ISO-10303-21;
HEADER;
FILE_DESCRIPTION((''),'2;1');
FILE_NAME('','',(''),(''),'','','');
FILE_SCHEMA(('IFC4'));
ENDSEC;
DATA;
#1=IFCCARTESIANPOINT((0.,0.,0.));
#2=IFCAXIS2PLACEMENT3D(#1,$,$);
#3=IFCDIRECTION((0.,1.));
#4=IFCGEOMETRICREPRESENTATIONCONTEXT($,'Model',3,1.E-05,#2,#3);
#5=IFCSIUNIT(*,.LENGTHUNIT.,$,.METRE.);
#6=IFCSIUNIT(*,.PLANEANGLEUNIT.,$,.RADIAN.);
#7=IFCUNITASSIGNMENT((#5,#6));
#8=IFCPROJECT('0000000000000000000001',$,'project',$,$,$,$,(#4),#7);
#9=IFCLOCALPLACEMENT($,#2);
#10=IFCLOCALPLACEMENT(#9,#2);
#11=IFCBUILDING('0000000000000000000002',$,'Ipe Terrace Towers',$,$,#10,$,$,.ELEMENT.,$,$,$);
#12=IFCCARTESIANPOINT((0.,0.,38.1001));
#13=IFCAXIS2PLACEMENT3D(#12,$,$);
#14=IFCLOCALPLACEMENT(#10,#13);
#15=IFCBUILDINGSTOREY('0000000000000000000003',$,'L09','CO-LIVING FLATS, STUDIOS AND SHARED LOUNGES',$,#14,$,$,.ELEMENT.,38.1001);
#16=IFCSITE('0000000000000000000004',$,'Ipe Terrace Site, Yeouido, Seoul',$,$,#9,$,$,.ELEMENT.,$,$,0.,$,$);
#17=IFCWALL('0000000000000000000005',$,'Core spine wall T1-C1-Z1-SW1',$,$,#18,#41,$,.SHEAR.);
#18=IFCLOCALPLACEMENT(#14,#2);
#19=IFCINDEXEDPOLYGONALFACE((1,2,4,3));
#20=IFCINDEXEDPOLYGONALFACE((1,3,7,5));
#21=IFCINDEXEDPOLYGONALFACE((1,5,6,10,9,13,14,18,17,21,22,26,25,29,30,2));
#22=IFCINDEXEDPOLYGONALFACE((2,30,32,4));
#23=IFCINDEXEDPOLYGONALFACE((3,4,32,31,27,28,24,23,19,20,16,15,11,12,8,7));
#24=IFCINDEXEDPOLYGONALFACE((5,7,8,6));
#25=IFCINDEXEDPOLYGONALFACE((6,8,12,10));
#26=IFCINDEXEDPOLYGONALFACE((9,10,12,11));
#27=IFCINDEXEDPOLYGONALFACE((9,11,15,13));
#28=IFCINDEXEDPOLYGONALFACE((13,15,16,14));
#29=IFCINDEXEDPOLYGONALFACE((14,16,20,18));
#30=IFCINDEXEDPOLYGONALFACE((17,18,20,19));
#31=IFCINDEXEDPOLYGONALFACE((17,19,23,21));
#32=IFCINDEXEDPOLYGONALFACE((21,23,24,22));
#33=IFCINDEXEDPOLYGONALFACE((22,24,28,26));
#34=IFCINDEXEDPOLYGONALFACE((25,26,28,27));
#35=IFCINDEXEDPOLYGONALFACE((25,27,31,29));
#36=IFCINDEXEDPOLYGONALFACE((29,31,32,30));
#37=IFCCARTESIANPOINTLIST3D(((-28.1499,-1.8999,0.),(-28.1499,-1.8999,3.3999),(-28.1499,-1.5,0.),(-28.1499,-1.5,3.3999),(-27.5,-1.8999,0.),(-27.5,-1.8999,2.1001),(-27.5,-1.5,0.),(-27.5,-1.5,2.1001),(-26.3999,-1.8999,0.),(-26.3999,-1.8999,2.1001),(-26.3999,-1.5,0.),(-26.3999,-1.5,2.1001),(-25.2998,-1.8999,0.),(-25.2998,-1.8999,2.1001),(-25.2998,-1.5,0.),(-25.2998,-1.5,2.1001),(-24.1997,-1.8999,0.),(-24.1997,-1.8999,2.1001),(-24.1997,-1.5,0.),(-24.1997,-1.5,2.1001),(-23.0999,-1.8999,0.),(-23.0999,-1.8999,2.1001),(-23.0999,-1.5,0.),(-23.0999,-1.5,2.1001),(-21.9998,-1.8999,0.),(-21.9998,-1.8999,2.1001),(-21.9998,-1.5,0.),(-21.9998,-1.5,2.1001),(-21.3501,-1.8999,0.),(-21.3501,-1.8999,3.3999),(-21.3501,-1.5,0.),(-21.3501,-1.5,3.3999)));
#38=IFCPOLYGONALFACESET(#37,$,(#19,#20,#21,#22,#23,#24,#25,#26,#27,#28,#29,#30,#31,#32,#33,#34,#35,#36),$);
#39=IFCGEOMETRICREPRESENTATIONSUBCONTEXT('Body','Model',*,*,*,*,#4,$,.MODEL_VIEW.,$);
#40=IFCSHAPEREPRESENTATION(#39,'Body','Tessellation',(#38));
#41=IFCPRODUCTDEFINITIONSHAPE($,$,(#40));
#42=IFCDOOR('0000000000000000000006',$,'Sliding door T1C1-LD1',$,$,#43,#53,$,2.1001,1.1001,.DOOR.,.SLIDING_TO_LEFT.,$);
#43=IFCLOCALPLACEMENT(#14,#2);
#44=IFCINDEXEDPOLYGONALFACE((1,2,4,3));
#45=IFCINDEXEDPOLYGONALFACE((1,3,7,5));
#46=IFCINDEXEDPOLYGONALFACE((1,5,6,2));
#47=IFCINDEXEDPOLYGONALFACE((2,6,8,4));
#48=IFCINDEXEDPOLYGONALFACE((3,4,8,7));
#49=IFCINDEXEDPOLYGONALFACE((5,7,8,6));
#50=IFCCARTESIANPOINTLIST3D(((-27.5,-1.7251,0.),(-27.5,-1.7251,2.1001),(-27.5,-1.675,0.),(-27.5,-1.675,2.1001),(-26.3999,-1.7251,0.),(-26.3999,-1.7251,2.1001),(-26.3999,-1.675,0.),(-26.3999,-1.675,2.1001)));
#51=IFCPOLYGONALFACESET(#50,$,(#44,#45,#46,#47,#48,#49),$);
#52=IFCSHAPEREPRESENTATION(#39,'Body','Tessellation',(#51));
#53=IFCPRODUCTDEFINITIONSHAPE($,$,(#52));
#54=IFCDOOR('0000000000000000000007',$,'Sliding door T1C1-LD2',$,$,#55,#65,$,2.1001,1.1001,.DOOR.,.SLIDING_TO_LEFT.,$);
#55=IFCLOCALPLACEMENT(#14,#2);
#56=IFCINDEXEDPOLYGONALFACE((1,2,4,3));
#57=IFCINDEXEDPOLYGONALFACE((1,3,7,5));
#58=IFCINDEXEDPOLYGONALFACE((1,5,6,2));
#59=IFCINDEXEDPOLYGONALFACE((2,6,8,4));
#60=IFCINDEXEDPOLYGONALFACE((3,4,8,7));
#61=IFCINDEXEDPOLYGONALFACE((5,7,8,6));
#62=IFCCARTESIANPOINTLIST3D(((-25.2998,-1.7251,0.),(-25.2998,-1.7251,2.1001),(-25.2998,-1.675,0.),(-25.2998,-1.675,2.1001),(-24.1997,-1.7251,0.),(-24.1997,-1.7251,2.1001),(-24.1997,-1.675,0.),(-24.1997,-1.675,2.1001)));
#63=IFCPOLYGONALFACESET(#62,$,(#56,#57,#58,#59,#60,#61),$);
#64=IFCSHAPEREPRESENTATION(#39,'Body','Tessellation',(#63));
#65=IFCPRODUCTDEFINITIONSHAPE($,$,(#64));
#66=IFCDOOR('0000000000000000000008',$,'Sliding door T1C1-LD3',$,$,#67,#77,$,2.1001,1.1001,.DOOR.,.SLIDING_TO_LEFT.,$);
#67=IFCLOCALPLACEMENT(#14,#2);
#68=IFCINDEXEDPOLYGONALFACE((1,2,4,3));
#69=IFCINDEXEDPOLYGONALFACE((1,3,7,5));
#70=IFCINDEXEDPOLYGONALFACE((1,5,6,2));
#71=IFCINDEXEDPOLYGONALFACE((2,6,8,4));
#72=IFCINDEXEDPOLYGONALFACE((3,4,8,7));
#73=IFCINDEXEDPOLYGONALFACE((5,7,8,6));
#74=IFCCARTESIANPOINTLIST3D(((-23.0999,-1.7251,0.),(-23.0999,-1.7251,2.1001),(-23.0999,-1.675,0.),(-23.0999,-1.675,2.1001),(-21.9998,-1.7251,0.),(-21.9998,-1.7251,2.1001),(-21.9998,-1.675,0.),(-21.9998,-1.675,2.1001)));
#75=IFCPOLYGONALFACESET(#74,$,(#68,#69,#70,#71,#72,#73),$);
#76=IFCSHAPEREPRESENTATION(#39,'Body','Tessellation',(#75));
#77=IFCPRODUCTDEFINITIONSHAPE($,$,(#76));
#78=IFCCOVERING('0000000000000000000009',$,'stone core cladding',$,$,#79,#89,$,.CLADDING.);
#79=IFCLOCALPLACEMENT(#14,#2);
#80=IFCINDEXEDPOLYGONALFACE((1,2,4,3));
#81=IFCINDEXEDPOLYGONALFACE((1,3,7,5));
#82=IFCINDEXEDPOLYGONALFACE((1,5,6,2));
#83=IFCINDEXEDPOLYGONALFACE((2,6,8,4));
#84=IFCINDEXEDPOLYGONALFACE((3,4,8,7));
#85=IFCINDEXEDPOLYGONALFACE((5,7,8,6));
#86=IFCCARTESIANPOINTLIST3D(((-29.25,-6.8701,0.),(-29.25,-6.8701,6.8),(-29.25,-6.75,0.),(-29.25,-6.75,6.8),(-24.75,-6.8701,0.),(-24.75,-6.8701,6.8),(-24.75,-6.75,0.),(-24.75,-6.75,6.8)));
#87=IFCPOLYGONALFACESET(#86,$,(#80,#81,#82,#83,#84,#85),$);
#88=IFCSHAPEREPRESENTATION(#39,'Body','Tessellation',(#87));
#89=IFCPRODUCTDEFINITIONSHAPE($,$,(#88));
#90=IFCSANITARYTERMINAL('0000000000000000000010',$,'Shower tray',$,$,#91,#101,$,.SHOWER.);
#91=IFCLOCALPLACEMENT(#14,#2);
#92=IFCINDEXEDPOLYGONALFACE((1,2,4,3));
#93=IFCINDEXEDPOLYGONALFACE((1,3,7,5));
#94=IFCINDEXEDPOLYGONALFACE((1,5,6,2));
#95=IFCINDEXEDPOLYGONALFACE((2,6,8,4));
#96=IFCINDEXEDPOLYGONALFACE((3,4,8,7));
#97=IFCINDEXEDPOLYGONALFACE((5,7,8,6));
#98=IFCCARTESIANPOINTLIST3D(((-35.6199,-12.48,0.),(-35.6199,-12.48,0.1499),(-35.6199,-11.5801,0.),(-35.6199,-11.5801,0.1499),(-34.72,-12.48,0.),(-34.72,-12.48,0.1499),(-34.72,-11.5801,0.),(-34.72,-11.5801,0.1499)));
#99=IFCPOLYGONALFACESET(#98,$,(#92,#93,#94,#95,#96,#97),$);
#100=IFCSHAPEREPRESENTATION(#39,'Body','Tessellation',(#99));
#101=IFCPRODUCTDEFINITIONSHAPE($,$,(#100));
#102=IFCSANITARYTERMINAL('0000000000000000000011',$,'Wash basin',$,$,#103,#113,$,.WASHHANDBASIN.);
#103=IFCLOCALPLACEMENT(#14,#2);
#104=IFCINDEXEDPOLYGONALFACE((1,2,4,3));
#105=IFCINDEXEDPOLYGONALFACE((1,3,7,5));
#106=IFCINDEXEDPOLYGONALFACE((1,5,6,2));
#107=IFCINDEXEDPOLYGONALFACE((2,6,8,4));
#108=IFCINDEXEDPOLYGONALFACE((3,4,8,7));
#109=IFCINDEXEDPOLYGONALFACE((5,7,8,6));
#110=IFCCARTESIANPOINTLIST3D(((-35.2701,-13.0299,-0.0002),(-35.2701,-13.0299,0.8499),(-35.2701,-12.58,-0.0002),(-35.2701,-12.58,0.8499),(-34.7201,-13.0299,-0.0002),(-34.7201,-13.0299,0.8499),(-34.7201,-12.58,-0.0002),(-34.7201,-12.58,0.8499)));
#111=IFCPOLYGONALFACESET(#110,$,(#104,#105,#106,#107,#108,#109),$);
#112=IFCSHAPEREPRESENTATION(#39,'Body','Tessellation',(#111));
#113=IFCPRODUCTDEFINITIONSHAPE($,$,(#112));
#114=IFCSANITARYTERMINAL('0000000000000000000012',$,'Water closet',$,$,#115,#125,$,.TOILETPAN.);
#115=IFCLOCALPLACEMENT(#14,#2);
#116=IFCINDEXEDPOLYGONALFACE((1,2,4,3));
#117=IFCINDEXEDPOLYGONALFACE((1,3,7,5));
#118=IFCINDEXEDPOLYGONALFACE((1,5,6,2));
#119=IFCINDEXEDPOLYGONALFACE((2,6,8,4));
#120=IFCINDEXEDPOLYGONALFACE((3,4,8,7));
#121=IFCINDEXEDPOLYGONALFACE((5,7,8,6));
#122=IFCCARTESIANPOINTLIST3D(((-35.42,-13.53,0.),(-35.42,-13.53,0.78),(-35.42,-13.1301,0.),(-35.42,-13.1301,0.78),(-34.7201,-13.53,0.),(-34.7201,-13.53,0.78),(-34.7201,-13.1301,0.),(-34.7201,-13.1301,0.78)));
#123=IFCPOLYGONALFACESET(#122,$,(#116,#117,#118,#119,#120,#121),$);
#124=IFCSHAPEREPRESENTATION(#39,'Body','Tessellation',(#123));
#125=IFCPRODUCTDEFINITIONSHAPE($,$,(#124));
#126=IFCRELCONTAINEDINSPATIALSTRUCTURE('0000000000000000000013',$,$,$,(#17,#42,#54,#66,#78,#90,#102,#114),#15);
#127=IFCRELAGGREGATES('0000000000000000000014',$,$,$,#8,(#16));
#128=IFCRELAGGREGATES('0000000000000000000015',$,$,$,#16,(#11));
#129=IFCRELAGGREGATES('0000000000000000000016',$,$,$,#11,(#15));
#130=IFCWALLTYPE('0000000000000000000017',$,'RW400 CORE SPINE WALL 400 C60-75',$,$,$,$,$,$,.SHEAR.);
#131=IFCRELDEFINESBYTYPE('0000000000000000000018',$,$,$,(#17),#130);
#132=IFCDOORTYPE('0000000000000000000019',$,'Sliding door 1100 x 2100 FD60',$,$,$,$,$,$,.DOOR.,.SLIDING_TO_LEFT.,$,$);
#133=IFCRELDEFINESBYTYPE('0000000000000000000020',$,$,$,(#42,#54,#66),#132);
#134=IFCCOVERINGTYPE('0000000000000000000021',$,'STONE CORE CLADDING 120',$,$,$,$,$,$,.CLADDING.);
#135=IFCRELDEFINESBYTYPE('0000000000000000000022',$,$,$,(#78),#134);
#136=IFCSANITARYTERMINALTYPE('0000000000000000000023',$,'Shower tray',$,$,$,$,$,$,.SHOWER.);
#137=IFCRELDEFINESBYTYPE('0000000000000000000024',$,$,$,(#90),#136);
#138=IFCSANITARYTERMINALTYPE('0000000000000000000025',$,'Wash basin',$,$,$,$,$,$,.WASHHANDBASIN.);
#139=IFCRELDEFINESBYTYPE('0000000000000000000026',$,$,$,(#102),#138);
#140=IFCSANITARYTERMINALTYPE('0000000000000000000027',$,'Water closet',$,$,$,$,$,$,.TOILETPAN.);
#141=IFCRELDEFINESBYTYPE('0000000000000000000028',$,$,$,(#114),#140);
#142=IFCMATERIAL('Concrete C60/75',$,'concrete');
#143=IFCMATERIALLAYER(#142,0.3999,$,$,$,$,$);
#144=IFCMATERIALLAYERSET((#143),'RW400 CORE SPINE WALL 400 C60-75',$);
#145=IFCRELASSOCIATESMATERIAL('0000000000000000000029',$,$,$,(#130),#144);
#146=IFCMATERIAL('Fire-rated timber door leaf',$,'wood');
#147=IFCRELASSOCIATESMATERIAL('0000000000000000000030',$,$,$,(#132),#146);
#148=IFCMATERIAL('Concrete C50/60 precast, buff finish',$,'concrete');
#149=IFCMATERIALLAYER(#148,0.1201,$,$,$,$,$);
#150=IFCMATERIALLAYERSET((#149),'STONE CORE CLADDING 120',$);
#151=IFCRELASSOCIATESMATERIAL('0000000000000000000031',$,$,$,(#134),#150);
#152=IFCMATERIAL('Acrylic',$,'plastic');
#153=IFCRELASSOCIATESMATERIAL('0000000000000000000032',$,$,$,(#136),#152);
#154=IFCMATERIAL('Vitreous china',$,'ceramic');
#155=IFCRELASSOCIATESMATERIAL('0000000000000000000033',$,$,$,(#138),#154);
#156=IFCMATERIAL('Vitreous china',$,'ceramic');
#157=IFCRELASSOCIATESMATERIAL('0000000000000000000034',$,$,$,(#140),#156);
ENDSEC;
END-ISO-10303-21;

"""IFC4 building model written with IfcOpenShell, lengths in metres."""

from ifc_helpers import new_model, si_unit, direction, frame, frame_2d, origin, origin_2d, place, context, subcontext, project, spatial, rectangle, extrude, material, layer, layer_set, type_object, element, fill, save


model = new_model("IFC4")

# Units and contexts
model_context = context("Model", 3, precision=1e-05, world=origin(), true_north=direction((0.0, 1.0)))
body_context = subcontext(model_context, "Body", "Model", "MODEL_VIEW")
ifc_project = project(units=[si_unit("LENGTHUNIT", "METRE"), si_unit("PLANEANGLEUNIT", "RADIAN")], contexts=[model_context])

# Site, building, storey
site_placement = place(None, origin())
site = spatial("IfcSite", under=ifc_project, at=site_placement, Name="Ipe Terrace Site, Yeouido, Seoul", CompositionType="ELEMENT", RefElevation=0.0)
building_placement = place(site_placement, origin())
building = spatial("IfcBuilding", under=site, at=building_placement, Name="Ipe Terrace Towers", CompositionType="ELEMENT")
storey_placement = place(building_placement, frame((0.0, 0.0, 38.1001)))
storey = spatial("IfcBuildingStorey", under=building, at=storey_placement, Name="L09", Description="CO-LIVING FLATS, STUDIOS AND SHARED LOUNGES", CompositionType="ELEMENT", Elevation=38.1001)

# Wall, openings, doors
ifc_material_1 = material(Name="Concrete C60/75", Category="concrete")
ifc_layer_1 = layer(ifc_material_1, 0.3999)
ifc_layer_set_1 = layer_set([ifc_layer_1], Name="RW400 CORE SPINE WALL 400 C60-75")
wall_type_1 = type_object("IfcWallType", Name="RW400 CORE SPINE WALL 400 C60-75", PredefinedType="SHEAR", material=ifc_layer_set_1)
wall_1_placement = place(storey_placement, frame((-28.1499, -1.7, 0.0), z_axis=(0.0, 0.0, 1.0), x_axis=(1.0, 0.0, 0.0)))
wall_1 = element("IfcWall", 1, at=wall_1_placement, inside=storey, type_object=wall_type_1, Name="Core spine wall T1-C1-Z1-SW1", PredefinedType="SHEAR", context=body_context, shape_type="SweptSolid", body=[
    extrude(rectangle(XDim=6.7998, YDim=0.3999, at=frame_2d((3.3999, 0.0))), origin(), (0.0, 0.0, 1.0), 3.3999),
])
opening_1_placement = place(wall_1_placement, frame((0.6499, 0.0, 0.0)))
opening_1 = element("IfcOpeningElement", 2, at=opening_1_placement, cuts=wall_1, PredefinedType="OPENING", context=body_context, shape_type="SweptSolid", body=[
    extrude(rectangle(XDim=1.1001, YDim=2.1001, at=frame_2d((0.55, 1.05))), frame((0.0, 0.21, 0.0), z_axis=(0.0, -1.0, 0.0), x_axis=(1.0, 0.0, 0.0)), (0.0, 0.0, 1.0), 0.4199),
])
opening_2_placement = place(wall_1_placement, frame((2.8501, 0.0, 0.0)))
opening_2 = element("IfcOpeningElement", 3, at=opening_2_placement, cuts=wall_1, PredefinedType="OPENING", context=body_context, shape_type="SweptSolid", body=[
    extrude(rectangle(XDim=1.1001, YDim=2.1001, at=frame_2d((0.55, 1.05))), frame((0.0, 0.21, 0.0), z_axis=(0.0, -1.0, 0.0), x_axis=(1.0, 0.0, 0.0)), (0.0, 0.0, 1.0), 0.4199),
])
opening_3_placement = place(wall_1_placement, frame((5.05, 0.0, 0.0)))
opening_3 = element("IfcOpeningElement", 4, at=opening_3_placement, cuts=wall_1, PredefinedType="OPENING", context=body_context, shape_type="SweptSolid", body=[
    extrude(rectangle(XDim=1.1001, YDim=2.1001, at=frame_2d((0.55, 1.05))), frame((0.0, 0.21, 0.0), z_axis=(0.0, -1.0, 0.0), x_axis=(1.0, 0.0, 0.0)), (0.0, 0.0, 1.0), 0.4199),
])
ifc_material_2 = material(Name="Fire-rated timber door leaf", Category="wood")
door_type_1 = type_object("IfcDoorType", Name="Sliding door 1100 x 2100 FD60", OperationType="SLIDING_TO_LEFT", PredefinedType="DOOR", material=ifc_material_2)
door_1_placement = place(opening_1_placement, origin())
door_1 = element("IfcDoor", 5, at=door_1_placement, inside=storey, type_object=door_type_1, Name="Sliding door T1C1-LD1", OperationType="SLIDING_TO_LEFT", OverallHeight=2.1001, OverallWidth=1.1001, PredefinedType="DOOR", context=body_context, shape_type="SweptSolid", body=[
    extrude(rectangle(XDim=1.1001, YDim=2.1001, at=frame_2d((0.55, 1.05))), frame((0.0, 0.0249, 0.0), z_axis=(0.0, -1.0, 0.0), x_axis=(1.0, 0.0, 0.0)), (0.0, 0.0, 1.0), 0.05),
])
fill(opening_1, door_1)
door_2_placement = place(opening_2_placement, origin())
door_2 = element("IfcDoor", 6, at=door_2_placement, inside=storey, type_object=door_type_1, Name="Sliding door T1C1-LD2", OperationType="SLIDING_TO_LEFT", OverallHeight=2.1001, OverallWidth=1.1001, PredefinedType="DOOR", context=body_context, shape_type="SweptSolid", body=[
    extrude(rectangle(XDim=1.1001, YDim=2.1001, at=frame_2d((0.55, 1.05))), frame((0.0, 0.0249, 0.0), z_axis=(0.0, -1.0, 0.0), x_axis=(1.0, 0.0, 0.0)), (0.0, 0.0, 1.0), 0.05),
])
fill(opening_2, door_2)
door_3_placement = place(opening_3_placement, origin())
door_3 = element("IfcDoor", 7, at=door_3_placement, inside=storey, type_object=door_type_1, Name="Sliding door T1C1-LD3", OperationType="SLIDING_TO_LEFT", OverallHeight=2.1001, OverallWidth=1.1001, PredefinedType="DOOR", context=body_context, shape_type="SweptSolid", body=[
    extrude(rectangle(XDim=1.1001, YDim=2.1001, at=frame_2d((0.55, 1.05))), frame((0.0, 0.0249, 0.0), z_axis=(0.0, -1.0, 0.0), x_axis=(1.0, 0.0, 0.0)), (0.0, 0.0, 1.0), 0.05),
])
fill(opening_3, door_3)

# Covering
ifc_material_3 = material(Name="Concrete C50/60 precast, buff finish", Category="concrete")
ifc_layer_2 = layer(ifc_material_3, 0.1201)
ifc_layer_set_2 = layer_set([ifc_layer_2], Name="STONE CORE CLADDING 120")
covering_type = type_object("IfcCoveringType", Name="STONE CORE CLADDING 120", PredefinedType="CLADDING", material=ifc_layer_set_2)
covering_placement = place(storey_placement, frame((-27.0, -6.8101, 0.0), z_axis=(0.0, 0.0, 1.0), x_axis=(1.0, 0.0, 0.0)))
element("IfcCovering", 8, at=covering_placement, inside=storey, type_object=covering_type, Name="stone core cladding", PredefinedType="CLADDING", context=body_context, shape_type="SweptSolid", body=[
    extrude(rectangle(XDim=4.5, YDim=0.1201, at=origin_2d()), origin(), (0.0, 0.0, 1.0), 6.8),
])

# Sanitary terminals
ifc_material_4 = material(Name="Acrylic", Category="plastic")
sanitary_terminal_type_1 = type_object("IfcSanitaryTerminalType", Name="Shower tray", PredefinedType="SHOWER", material=ifc_material_4)
sanitary_terminal_1_placement = place(storey_placement, frame((-35.1699, -12.03, 0.0), z_axis=(0.0, 0.0, 1.0), x_axis=(-1.0, 0.0, 0.0)))
element("IfcSanitaryTerminal", 9, at=sanitary_terminal_1_placement, inside=storey, type_object=sanitary_terminal_type_1, Name="Shower tray", PredefinedType="SHOWER", context=body_context, shape_type="SweptSolid", body=[
    extrude(rectangle(XDim=0.8999, YDim=0.8999, at=origin_2d()), origin(), (0.0, 0.0, 1.0), 0.1499),
])
ifc_material_5 = material(Name="Vitreous china", Category="ceramic")
sanitary_terminal_type_2 = type_object("IfcSanitaryTerminalType", Name="Wash basin", PredefinedType="WASHHANDBASIN", material=ifc_material_5)
sanitary_terminal_2_placement = place(storey_placement, frame((-34.9951, -12.8049, -0.0002), z_axis=(0.0, 0.0, 1.0), x_axis=(-1.0, 0.0, 0.0)))
element("IfcSanitaryTerminal", 10, at=sanitary_terminal_2_placement, inside=storey, type_object=sanitary_terminal_type_2, Name="Wash basin", PredefinedType="WASHHANDBASIN", context=body_context, shape_type="SweptSolid", body=[
    extrude(rectangle(XDim=0.55, YDim=0.45, at=origin_2d()), origin(), (0.0, 0.0, 1.0), 0.8501),
])
ifc_material_6 = material(Name="Vitreous china", Category="ceramic")
sanitary_terminal_type_3 = type_object("IfcSanitaryTerminalType", Name="Water closet", PredefinedType="TOILETPAN", material=ifc_material_6)
sanitary_terminal_3_placement = place(storey_placement, frame((-35.0701, -13.3301, 0.0), z_axis=(0.0, 0.0, 1.0), x_axis=(-1.0, 0.0, 0.0)))
element("IfcSanitaryTerminal", 11, at=sanitary_terminal_3_placement, inside=storey, type_object=sanitary_terminal_type_3, Name="Water closet", PredefinedType="TOILETPAN", context=body_context, shape_type="SweptSolid", body=[
    extrude(rectangle(XDim=0.7, YDim=0.3999, at=origin_2d()), origin(), (0.0, 0.0, 1.0), 0.78),
])

save(model, "model.ifc")
